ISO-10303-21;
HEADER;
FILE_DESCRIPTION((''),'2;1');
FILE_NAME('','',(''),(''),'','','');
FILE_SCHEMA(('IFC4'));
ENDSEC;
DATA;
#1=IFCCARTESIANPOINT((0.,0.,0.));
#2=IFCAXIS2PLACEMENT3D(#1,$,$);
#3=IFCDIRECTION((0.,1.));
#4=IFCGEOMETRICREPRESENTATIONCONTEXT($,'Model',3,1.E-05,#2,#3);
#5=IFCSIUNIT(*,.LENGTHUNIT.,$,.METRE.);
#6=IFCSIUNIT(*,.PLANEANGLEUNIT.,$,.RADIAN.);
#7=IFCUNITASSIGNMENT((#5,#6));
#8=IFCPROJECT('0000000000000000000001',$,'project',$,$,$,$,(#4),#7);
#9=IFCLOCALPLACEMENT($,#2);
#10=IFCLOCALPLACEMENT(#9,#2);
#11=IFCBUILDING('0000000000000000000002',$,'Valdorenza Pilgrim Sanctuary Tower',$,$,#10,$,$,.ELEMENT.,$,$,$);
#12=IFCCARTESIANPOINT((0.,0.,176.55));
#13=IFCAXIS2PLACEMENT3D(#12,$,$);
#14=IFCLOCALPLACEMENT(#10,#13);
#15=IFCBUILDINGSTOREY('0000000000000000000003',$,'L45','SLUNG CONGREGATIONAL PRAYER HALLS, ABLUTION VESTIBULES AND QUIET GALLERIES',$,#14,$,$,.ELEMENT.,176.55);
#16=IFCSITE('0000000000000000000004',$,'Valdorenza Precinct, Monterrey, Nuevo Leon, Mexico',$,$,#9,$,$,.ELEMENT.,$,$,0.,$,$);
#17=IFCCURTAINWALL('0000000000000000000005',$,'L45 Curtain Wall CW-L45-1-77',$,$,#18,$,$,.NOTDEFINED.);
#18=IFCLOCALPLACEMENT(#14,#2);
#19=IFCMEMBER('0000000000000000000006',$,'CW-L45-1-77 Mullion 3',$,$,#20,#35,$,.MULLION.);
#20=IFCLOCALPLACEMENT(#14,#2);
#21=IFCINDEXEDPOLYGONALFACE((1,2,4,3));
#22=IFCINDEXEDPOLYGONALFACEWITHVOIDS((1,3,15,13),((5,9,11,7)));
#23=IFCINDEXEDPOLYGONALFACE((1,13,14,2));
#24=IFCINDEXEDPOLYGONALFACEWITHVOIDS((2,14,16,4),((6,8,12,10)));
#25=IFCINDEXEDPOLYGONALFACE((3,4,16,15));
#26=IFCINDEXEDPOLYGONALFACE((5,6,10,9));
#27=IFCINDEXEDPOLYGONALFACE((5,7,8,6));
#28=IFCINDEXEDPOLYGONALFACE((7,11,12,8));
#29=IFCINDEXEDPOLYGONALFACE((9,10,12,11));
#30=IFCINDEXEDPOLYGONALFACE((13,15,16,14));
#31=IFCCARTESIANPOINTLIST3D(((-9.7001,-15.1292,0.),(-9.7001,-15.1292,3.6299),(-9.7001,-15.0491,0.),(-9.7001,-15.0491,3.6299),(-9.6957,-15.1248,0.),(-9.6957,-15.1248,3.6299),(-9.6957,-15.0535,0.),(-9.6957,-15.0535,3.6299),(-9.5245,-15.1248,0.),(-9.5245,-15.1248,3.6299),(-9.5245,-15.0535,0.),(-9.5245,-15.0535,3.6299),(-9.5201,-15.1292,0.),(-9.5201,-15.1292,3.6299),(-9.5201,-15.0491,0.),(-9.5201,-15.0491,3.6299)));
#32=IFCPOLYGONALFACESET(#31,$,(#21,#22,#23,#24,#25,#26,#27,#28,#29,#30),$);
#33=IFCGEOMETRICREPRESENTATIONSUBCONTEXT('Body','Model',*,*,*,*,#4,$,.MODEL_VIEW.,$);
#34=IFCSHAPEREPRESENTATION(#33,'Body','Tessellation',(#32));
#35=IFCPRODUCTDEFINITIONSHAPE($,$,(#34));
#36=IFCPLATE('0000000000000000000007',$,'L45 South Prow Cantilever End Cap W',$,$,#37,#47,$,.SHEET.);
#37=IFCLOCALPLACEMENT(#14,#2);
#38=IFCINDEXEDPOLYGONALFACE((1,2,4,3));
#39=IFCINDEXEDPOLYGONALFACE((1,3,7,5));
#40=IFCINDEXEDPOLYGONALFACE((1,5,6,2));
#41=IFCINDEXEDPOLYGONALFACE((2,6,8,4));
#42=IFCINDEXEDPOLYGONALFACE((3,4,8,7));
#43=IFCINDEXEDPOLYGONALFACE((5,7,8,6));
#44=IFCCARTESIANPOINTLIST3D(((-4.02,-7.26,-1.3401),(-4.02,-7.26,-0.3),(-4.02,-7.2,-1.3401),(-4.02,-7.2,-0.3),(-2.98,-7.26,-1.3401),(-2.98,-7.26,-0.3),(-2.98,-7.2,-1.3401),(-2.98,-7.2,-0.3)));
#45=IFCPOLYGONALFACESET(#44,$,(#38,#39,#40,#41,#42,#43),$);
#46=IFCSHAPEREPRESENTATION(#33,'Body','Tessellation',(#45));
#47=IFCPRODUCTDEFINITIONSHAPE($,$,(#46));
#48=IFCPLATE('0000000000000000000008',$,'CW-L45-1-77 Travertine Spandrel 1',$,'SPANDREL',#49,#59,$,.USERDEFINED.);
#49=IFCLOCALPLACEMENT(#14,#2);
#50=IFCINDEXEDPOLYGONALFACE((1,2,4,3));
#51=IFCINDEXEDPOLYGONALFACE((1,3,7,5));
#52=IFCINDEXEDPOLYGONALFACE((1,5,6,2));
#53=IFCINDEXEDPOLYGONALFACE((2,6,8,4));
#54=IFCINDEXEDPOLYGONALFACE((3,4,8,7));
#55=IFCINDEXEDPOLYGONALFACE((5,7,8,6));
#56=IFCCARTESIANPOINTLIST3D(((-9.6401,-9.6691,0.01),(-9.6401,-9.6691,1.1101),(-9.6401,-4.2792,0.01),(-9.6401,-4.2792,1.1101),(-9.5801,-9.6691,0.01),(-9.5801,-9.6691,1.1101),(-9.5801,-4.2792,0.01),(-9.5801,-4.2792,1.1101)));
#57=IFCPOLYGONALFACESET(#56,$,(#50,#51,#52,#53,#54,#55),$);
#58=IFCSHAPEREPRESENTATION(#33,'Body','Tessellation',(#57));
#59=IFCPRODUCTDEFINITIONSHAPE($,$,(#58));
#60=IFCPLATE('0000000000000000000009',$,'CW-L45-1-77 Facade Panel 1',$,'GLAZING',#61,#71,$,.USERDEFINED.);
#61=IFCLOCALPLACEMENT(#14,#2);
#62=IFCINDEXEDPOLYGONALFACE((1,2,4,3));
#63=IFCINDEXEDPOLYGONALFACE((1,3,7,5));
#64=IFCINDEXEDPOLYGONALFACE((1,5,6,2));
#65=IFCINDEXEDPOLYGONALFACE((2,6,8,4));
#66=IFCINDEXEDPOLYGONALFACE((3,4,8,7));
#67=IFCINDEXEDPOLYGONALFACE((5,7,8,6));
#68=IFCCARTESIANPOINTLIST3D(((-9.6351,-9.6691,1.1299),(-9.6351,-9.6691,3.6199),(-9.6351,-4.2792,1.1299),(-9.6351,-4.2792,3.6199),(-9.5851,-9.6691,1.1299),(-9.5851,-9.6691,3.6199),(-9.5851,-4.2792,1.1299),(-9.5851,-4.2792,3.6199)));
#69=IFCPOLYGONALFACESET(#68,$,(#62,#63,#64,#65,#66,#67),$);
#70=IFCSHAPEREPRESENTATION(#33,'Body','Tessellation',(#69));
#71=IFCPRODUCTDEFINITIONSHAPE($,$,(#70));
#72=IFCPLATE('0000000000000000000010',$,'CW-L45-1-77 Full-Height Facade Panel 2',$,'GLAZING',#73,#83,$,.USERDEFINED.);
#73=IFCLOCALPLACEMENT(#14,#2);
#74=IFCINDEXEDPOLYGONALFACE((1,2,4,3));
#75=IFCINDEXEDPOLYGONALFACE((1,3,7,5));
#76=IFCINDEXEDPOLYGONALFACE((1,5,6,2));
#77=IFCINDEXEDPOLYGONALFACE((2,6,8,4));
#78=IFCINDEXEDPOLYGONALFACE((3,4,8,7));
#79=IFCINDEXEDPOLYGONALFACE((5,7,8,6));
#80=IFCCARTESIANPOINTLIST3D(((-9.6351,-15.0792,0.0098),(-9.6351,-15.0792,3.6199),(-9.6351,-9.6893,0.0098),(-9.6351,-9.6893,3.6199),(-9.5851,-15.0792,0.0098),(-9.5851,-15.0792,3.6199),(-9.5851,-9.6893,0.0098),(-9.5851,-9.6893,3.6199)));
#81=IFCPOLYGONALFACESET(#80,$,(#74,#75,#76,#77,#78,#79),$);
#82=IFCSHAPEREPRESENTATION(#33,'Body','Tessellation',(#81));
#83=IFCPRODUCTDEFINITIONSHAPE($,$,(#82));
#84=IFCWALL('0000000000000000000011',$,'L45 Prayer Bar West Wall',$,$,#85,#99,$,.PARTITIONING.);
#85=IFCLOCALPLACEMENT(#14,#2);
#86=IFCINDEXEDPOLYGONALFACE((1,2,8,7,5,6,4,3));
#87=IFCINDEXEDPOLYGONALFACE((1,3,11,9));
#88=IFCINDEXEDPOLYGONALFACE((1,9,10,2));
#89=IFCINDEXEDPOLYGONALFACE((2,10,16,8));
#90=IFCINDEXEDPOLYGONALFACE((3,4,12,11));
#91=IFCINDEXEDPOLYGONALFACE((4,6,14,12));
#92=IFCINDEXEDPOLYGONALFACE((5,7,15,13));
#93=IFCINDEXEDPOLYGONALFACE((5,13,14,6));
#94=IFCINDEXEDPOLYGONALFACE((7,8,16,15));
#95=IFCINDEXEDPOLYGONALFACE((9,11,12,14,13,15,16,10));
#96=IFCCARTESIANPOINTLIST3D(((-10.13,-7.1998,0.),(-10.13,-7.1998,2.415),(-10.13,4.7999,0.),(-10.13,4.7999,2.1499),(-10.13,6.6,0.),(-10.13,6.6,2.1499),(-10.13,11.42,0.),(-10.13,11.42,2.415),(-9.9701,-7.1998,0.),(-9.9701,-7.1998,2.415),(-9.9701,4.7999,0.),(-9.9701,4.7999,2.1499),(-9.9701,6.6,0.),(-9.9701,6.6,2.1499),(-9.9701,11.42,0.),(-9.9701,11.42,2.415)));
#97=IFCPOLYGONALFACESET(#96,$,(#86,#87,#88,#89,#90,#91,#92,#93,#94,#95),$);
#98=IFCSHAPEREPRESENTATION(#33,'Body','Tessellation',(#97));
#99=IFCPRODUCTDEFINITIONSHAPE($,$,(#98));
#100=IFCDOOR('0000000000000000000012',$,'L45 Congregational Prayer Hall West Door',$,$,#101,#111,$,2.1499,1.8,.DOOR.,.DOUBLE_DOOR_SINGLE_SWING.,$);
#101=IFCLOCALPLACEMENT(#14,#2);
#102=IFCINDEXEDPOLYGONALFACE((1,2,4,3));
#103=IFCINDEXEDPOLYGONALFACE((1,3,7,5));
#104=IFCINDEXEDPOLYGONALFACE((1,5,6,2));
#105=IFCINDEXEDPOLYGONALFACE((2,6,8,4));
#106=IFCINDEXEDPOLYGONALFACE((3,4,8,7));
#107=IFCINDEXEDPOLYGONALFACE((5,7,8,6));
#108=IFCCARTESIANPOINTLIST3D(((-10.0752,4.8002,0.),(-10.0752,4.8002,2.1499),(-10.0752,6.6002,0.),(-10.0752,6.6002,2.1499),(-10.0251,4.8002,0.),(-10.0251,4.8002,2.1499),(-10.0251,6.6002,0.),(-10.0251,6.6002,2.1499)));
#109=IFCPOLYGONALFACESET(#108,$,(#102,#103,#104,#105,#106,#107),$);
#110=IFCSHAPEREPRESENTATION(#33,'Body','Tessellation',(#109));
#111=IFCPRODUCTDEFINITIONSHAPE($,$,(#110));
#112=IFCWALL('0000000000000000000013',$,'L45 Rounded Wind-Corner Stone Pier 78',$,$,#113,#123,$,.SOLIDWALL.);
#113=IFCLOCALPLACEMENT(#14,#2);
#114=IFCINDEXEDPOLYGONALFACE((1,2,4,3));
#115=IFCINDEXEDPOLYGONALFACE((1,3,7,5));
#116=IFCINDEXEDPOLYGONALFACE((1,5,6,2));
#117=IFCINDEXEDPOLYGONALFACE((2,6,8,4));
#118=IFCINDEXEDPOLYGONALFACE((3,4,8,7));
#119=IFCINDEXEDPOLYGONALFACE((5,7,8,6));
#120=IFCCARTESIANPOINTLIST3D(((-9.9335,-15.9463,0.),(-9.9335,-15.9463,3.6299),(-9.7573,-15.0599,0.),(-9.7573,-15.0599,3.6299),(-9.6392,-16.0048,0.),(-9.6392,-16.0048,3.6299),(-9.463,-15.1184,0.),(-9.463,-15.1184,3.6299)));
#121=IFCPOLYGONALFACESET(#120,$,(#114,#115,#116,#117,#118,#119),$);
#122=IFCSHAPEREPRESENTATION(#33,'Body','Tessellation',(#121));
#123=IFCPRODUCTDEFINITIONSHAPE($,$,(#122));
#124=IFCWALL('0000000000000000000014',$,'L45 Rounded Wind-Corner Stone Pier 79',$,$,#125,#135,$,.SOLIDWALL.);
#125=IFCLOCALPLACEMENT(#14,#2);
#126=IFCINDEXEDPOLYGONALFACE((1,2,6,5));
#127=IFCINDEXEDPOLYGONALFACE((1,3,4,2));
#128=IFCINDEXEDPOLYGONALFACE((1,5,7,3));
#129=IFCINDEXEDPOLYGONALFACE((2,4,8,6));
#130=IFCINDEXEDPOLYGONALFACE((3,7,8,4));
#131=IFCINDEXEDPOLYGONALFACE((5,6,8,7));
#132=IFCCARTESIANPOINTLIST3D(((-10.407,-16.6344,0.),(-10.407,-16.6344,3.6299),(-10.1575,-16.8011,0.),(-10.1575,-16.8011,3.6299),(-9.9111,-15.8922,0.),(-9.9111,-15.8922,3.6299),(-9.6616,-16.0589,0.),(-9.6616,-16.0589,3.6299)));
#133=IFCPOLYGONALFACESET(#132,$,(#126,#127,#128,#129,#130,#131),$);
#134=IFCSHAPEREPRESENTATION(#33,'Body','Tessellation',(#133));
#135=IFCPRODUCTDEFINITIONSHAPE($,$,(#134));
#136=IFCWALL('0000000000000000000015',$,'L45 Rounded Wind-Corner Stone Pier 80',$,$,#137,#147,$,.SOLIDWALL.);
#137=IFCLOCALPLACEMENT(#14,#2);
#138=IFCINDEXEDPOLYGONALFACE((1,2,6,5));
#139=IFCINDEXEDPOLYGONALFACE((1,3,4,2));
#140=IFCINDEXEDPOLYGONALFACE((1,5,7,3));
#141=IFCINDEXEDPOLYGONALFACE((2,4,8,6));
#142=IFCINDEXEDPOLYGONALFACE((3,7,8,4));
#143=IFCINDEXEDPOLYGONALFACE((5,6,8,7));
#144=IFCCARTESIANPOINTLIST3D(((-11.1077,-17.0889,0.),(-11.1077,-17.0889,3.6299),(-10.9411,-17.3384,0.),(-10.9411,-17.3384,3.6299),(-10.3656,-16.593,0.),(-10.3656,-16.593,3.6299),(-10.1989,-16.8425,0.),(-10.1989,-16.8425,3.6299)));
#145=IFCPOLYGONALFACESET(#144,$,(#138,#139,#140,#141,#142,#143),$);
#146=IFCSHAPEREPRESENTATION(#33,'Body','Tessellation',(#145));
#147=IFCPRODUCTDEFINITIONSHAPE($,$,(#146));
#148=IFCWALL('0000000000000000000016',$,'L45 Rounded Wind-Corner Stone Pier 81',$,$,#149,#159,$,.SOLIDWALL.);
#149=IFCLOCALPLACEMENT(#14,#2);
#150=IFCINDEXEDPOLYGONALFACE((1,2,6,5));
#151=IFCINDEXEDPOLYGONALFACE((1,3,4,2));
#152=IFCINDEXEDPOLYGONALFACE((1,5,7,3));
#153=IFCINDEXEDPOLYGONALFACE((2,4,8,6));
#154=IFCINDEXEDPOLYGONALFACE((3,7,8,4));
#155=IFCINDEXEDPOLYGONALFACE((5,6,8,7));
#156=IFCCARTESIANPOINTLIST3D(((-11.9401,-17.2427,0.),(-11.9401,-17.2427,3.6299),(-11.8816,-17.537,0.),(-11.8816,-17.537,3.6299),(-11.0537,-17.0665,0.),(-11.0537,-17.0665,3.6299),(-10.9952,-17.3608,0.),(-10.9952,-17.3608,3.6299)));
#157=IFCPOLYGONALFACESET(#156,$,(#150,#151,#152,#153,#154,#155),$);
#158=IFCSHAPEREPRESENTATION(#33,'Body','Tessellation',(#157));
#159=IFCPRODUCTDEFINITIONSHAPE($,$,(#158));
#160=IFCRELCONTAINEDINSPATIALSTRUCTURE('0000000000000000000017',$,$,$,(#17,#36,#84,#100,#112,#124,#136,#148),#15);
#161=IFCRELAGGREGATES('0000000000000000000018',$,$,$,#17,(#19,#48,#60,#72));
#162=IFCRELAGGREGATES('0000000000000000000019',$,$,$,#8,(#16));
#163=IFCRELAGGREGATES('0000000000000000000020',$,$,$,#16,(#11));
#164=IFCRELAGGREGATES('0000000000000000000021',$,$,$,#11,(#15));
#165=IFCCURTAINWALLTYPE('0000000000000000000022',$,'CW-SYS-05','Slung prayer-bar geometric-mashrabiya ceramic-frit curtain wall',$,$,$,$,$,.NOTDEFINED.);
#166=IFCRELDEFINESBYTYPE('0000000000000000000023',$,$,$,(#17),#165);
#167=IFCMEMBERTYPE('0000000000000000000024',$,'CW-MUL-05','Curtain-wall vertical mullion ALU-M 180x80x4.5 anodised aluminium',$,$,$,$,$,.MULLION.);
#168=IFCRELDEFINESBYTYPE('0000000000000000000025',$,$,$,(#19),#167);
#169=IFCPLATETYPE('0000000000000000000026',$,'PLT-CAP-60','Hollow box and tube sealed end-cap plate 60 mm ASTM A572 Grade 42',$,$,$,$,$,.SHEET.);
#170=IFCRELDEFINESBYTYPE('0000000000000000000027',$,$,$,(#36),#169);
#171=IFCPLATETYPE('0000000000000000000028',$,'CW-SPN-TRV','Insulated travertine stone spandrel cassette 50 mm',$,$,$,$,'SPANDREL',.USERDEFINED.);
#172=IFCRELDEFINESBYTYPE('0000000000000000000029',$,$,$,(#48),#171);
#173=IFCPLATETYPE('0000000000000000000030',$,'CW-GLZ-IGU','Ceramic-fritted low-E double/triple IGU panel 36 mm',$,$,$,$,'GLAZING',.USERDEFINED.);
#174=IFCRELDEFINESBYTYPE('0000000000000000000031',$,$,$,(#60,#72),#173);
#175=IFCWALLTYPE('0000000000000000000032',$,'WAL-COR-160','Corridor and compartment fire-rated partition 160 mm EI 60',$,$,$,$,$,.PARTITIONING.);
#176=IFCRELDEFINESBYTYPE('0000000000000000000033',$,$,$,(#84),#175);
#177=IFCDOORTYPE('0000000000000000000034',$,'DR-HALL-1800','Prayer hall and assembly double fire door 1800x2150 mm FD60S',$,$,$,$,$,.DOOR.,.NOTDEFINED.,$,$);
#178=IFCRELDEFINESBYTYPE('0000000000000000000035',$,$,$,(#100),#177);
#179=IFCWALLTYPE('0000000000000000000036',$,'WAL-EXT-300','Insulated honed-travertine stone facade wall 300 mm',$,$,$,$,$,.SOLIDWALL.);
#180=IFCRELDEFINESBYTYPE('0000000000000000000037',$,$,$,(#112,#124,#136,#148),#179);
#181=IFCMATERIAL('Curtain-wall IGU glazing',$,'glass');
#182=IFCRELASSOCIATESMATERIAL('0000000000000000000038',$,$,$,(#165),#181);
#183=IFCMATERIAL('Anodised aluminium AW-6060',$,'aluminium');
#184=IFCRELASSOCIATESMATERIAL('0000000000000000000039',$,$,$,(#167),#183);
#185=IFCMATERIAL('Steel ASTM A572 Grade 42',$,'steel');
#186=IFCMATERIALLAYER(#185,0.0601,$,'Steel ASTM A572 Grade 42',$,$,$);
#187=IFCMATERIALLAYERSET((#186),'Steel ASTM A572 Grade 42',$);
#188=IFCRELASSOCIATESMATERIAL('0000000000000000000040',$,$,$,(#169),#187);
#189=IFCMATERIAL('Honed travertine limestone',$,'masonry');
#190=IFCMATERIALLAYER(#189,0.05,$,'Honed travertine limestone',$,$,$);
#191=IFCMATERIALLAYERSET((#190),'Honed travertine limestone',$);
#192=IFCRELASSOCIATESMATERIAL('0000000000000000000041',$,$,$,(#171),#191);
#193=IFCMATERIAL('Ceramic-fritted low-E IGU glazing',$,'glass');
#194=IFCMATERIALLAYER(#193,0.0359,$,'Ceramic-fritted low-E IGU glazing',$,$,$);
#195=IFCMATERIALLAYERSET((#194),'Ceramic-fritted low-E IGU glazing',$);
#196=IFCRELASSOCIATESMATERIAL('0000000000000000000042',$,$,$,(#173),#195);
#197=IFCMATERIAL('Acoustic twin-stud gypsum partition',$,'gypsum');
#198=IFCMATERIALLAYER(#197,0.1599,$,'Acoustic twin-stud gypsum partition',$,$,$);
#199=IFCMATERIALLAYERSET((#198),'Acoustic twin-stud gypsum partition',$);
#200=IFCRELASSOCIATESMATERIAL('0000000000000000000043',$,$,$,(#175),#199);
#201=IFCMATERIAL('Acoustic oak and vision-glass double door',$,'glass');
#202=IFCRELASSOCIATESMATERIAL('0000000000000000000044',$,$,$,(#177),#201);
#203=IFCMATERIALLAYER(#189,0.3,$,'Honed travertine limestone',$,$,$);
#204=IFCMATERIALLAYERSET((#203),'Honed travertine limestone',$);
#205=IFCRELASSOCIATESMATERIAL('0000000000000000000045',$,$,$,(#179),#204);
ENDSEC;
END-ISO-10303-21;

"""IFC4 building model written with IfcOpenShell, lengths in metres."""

from ifc_helpers import new_model, si_unit, direction, frame, frame_2d, origin, origin_2d, place, context, subcontext, project, spatial, rectangle, hollow_rectangle, extrude, source, transform, mapped, material, layer, layer_set, material_profile, profile_set, type_object, element, fill, aggregate, save


model = new_model("IFC4")

# Units and contexts
model_context = context("Model", 3, precision=1e-05, world=origin(), true_north=direction((0.0, 1.0)))
body_context = subcontext(model_context, "Body", "Model", "MODEL_VIEW")
ifc_project = project(units=[si_unit("LENGTHUNIT", "METRE"), si_unit("PLANEANGLEUNIT", "RADIAN")], contexts=[model_context])

# Site, building, storey
site_placement = place(None, origin())
site = spatial("IfcSite", under=ifc_project, at=site_placement, Name="Valdorenza Precinct, Monterrey, Nuevo Leon, Mexico", CompositionType="ELEMENT", RefElevation=0.0)
building_placement = place(site_placement, origin())
building = spatial("IfcBuilding", under=site, at=building_placement, Name="Valdorenza Pilgrim Sanctuary Tower", CompositionType="ELEMENT")
storey_placement = place(building_placement, frame((0.0, 0.0, 176.55)))
storey = spatial("IfcBuildingStorey", under=building, at=storey_placement, Name="L45", Description="SLUNG CONGREGATIONAL PRAYER HALLS, ABLUTION VESTIBULES AND QUIET GALLERIES", CompositionType="ELEMENT", Elevation=176.55)

# Curtain wall, member
ifc_material_1 = material(Name="Curtain-wall IGU glazing", Category="glass")
ifc_material_2 = material(Name="Anodised aluminium AW-6060", Category="aluminium")
curtain_wall_type_1 = type_object("IfcCurtainWallType", Name="CW-SYS-05", Description="Slung prayer-bar geometric-mashrabiya ceramic-frit curtain wall", PredefinedType="NOTDEFINED", material=ifc_material_1)
curtain_wall_1_placement = place(storey_placement, origin())
curtain_wall_1 = element("IfcCurtainWall", 1, at=curtain_wall_1_placement, inside=storey, type_object=curtain_wall_type_1, Name="L45 Curtain Wall CW-L45-1-77", PredefinedType="NOTDEFINED")
ifc_material_profile_1 = material_profile(ifc_material_2, hollow_rectangle(XDim=0.0801, YDim=0.1799, WallThickness=0.0044, at=origin_2d()), Name="ALU-M 180x80x4.5")
ifc_profile_set_1 = profile_set([ifc_material_profile_1], Name="Anodised aluminium AW-6060")
member_type_1 = type_object("IfcMemberType", Name="CW-MUL-05", Description="Curtain-wall vertical mullion ALU-M 180x80x4.5 anodised aluminium", PredefinedType="MULLION", material=ifc_profile_set_1)
shared_shape_1 = source(origin(), body_context, "Body", "SweptSolid", [
    extrude(hollow_rectangle(XDim=0.0801, YDim=0.1799, WallThickness=0.0044, at=origin_2d()), origin(), (0.0, 0.0, 1.0), 3.6299),
])
member_1_placement = place(storey_placement, frame((-9.6101, -15.0891, 0.0), z_axis=(0.0, 0.0, 1.0), x_axis=(0.0, -1.0, 0.0)))
member_1 = element("IfcMember", 2, at=member_1_placement, type_object=member_type_1, Name="CW-L45-1-77 Mullion 3", PredefinedType="MULLION", context=body_context, shape_type="MappedRepresentation", body=[
    mapped(shared_shape_1, transform((0.0, 0.0, 0.0), x_axis=(1.0, 0.0, 0.0), y_axis=(0.0, 1.0, 0.0), z_axis=(0.0, 0.0, 1.0), scale=1.0)),
])

# Plates
ifc_material_3 = material(Name="Steel ASTM A572 Grade 42", Category="steel")
ifc_layer_1 = layer(ifc_material_3, 0.0601, Name="Steel ASTM A572 Grade 42")
ifc_layer_set_1 = layer_set([ifc_layer_1], Name="Steel ASTM A572 Grade 42")
plate_type_1 = type_object("IfcPlateType", Name="PLT-CAP-60", Description="Hollow box and tube sealed end-cap plate 60 mm ASTM A572 Grade 42", PredefinedType="SHEET", material=ifc_layer_set_1)
shared_shape_2 = source(origin(), body_context, "Body", "SweptSolid", [
    extrude(rectangle(XDim=1.04, YDim=0.0601, at=origin_2d()), origin(), (0.0, 0.0, 1.0), 1.04),
])
plate_1_placement = place(storey_placement, frame((-3.5, -7.23, -1.3401), z_axis=(0.0, 0.0, 1.0), x_axis=(1.0, 0.0, 0.0)))
element("IfcPlate", 3, at=plate_1_placement, inside=storey, type_object=plate_type_1, Name="L45 South Prow Cantilever End Cap W", PredefinedType="SHEET", context=body_context, shape_type="MappedRepresentation", body=[
    mapped(shared_shape_2, transform((0.0, 0.0, 0.0), x_axis=(1.0, 0.0, 0.0), y_axis=(0.0, 1.0, 0.0), z_axis=(0.0, 0.0, 1.0), scale=1.0)),
])
ifc_material_4 = material(Name="Honed travertine limestone", Category="masonry")
ifc_layer_2 = layer(ifc_material_4, 0.05, Name="Honed travertine limestone")
ifc_layer_set_2 = layer_set([ifc_layer_2], Name="Honed travertine limestone")
plate_type_2 = type_object("IfcPlateType", Name="CW-SPN-TRV", Description="Insulated travertine stone spandrel cassette 50 mm", ElementType="SPANDREL", PredefinedType="USERDEFINED", material=ifc_layer_set_2)
shared_shape_3 = source(origin(), body_context, "Body", "SweptSolid", [
    extrude(rectangle(XDim=5.3899, YDim=0.0601, at=origin_2d()), origin(), (0.0, 0.0, 1.0), 1.1001),
])
plate_2_placement = place(storey_placement, frame((-9.6101, -6.9741, 0.01), z_axis=(0.0, 0.0, 1.0), x_axis=(0.0, -1.0, 0.0)))
plate_2 = element("IfcPlate", 4, at=plate_2_placement, type_object=plate_type_2, Name="CW-L45-1-77 Travertine Spandrel 1", ObjectType="SPANDREL", PredefinedType="USERDEFINED", context=body_context, shape_type="MappedRepresentation", body=[
    mapped(shared_shape_3, transform((0.0, 0.0, 0.0), x_axis=(1.0, 0.0, 0.0), y_axis=(0.0, 1.0, 0.0), z_axis=(0.0, 0.0, 1.0), scale=1.0)),
])
ifc_material_5 = material(Name="Ceramic-fritted low-E IGU glazing", Category="glass")
ifc_layer_3 = layer(ifc_material_5, 0.0359, Name="Ceramic-fritted low-E IGU glazing")
ifc_layer_set_3 = layer_set([ifc_layer_3], Name="Ceramic-fritted low-E IGU glazing")
plate_type_3 = type_object("IfcPlateType", Name="CW-GLZ-IGU", Description="Ceramic-fritted low-E double/triple IGU panel 36 mm", ElementType="GLAZING", PredefinedType="USERDEFINED", material=ifc_layer_set_3)
shared_shape_4 = source(origin(), body_context, "Body", "SweptSolid", [
    extrude(rectangle(XDim=5.3899, YDim=0.05, at=origin_2d()), origin(), (0.0, 0.0, 1.0), 2.49),
])
plate_3_placement = place(storey_placement, frame((-9.6101, -6.9741, 1.1299), z_axis=(0.0, 0.0, 1.0), x_axis=(0.0, -1.0, 0.0)))
plate_3 = element("IfcPlate", 5, at=plate_3_placement, type_object=plate_type_3, Name="CW-L45-1-77 Facade Panel 1", ObjectType="GLAZING", PredefinedType="USERDEFINED", context=body_context, shape_type="MappedRepresentation", body=[
    mapped(shared_shape_4, transform((0.0, 0.0, 0.0), x_axis=(1.0, 0.0, 0.0), y_axis=(0.0, 1.0, 0.0), z_axis=(0.0, 0.0, 1.0), scale=1.0)),
])
shared_shape_5 = source(origin(), body_context, "Body", "SweptSolid", [
    extrude(rectangle(XDim=5.3899, YDim=0.05, at=origin_2d()), origin(), (0.0, 0.0, 1.0), 3.6101),
])
plate_4_placement = place(storey_placement, frame((-9.6101, -12.3843, 0.0098), z_axis=(0.0, 0.0, 1.0), x_axis=(0.0, -1.0, 0.0)))
plate_4 = element("IfcPlate", 6, at=plate_4_placement, type_object=plate_type_3, Name="CW-L45-1-77 Full-Height Facade Panel 2", ObjectType="GLAZING", PredefinedType="USERDEFINED", context=body_context, shape_type="MappedRepresentation", body=[
    mapped(shared_shape_5, transform((0.0, 0.0, 0.0), x_axis=(1.0, 0.0, 0.0), y_axis=(0.0, 1.0, 0.0), z_axis=(0.0, 0.0, 1.0), scale=1.0)),
])
aggregate(curtain_wall_1, [member_1, plate_2, plate_3, plate_4])

# Wall, opening, door
ifc_material_6 = material(Name="Acoustic twin-stud gypsum partition", Category="gypsum")
ifc_layer_4 = layer(ifc_material_6, 0.1599, Name="Acoustic twin-stud gypsum partition")
ifc_layer_set_4 = layer_set([ifc_layer_4], Name="Acoustic twin-stud gypsum partition")
wall_type_1 = type_object("IfcWallType", Name="WAL-COR-160", Description="Corridor and compartment fire-rated partition 160 mm EI 60", PredefinedType="PARTITIONING", material=ifc_layer_set_4)
wall_1_placement = place(storey_placement, frame((-10.05, -7.2, 0.0), z_axis=(0.0, 0.0, 1.0), x_axis=(0.0, 1.0, 0.0)))
wall_1 = element("IfcWall", 7, at=wall_1_placement, inside=storey, type_object=wall_type_1, Name="L45 Prayer Bar West Wall", PredefinedType="PARTITIONING", context=body_context, shape_type="SweptSolid", body=[
    extrude(rectangle(XDim=18.6199, YDim=0.1599, at=frame_2d((9.3101, 0.0))), origin(), (0.0, 0.0, 1.0), 2.415),
])
opening_placement = place(wall_1_placement, frame((12.0, 0.0, 0.0)))
opening = element("IfcOpeningElement", 8, at=opening_placement, cuts=wall_1, PredefinedType="OPENING", context=body_context, shape_type="SweptSolid", body=[
    extrude(rectangle(XDim=1.8, YDim=2.1499, at=frame_2d((0.8999, 1.075))), frame((0.0, 0.0947, 0.0), z_axis=(0.0, -1.0, 0.0), x_axis=(1.0, 0.0, 0.0)), (0.0, 0.0, 1.0), 0.1897),
])
ifc_material_7 = material(Name="Acoustic oak and vision-glass double door", Category="glass")
door_type = type_object("IfcDoorType", Name="DR-HALL-1800", Description="Prayer hall and assembly double fire door 1800x2150 mm FD60S", OperationType="NOTDEFINED", PredefinedType="DOOR", material=ifc_material_7)
door_placement = place(opening_placement, frame((1.8, 0.0, 0.0), z_axis=(0.0, 0.0, 1.0), x_axis=(-1.0, 0.0, 0.0)))
door = element("IfcDoor", 9, at=door_placement, inside=storey, type_object=door_type, Name="L45 Congregational Prayer Hall West Door", OperationType="DOUBLE_DOOR_SINGLE_SWING", OverallHeight=2.1499, OverallWidth=1.8, PredefinedType="DOOR", context=body_context, shape_type="SweptSolid", body=[
    extrude(rectangle(XDim=1.8, YDim=2.1499, at=frame_2d((0.8999, 1.075))), frame((0.0, 0.0249, 0.0), z_axis=(0.0, -1.0, 0.0), x_axis=(1.0, 0.0, 0.0)), (0.0, 0.0, 1.0), 0.05),
])
fill(opening, door)

# Walls
ifc_layer_5 = layer(ifc_material_4, 0.3, Name="Honed travertine limestone")
ifc_layer_set_5 = layer_set([ifc_layer_5], Name="Honed travertine limestone")
wall_type_2 = type_object("IfcWallType", Name="WAL-EXT-300", Description="Insulated honed-travertine stone facade wall 300 mm", PredefinedType="SOLIDWALL", material=ifc_layer_set_5)
wall_2_placement = place(storey_placement, frame((-9.6101, -15.0891, 0.0), z_axis=(0.0, 0.0, 1.0), x_axis=(-0.195025, -0.980798, 0.0)))
element("IfcWall", 10, at=wall_2_placement, inside=storey, type_object=wall_type_2, Name="L45 Rounded Wind-Corner Stone Pier 78", PredefinedType="SOLIDWALL", context=body_context, shape_type="SweptSolid", body=[
    extrude(rectangle(XDim=0.9038, YDim=0.3, at=frame_2d((0.4519, 0.0))), origin(), (0.0, 0.0, 1.0), 3.6299),
])
for number, where, z_axis, x_axis, name in (
    (11, (-9.7864, -15.9756, 0.0), (0.0, 0.0, 1.0), (-0.55552, -0.831503, 0.0), "L45 Rounded Wind-Corner Stone Pier 79"),
    (12, (-10.2822, -16.7178, 0.0), (0.0, 0.0, 1.0), (-0.831503, -0.55552, 0.0), "L45 Rounded Wind-Corner Stone Pier 80"),
):
    element("IfcWall", number, at=place(storey_placement, frame(where, z_axis=z_axis, x_axis=x_axis)), inside=storey, type_object=wall_type_2, Name=name, PredefinedType="SOLIDWALL", context=body_context, shape_type="SweptSolid", body=[
        extrude(rectangle(XDim=0.8926, YDim=0.3, at=frame_2d((0.4463, 0.0))), origin(), (0.0, 0.0, 1.0), 3.6299),
    ])
wall_3_placement = place(storey_placement, frame((-11.0244, -17.2136, 0.0), z_axis=(0.0, 0.0, 1.0), x_axis=(-0.980798, -0.195025, 0.0)))
element("IfcWall", 13, at=wall_3_placement, inside=storey, type_object=wall_type_2, Name="L45 Rounded Wind-Corner Stone Pier 81", PredefinedType="SOLIDWALL", context=body_context, shape_type="SweptSolid", body=[
    extrude(rectangle(XDim=0.9038, YDim=0.3, at=frame_2d((0.4519, 0.0))), origin(), (0.0, 0.0, 1.0), 3.6299),
])

save(model, "model.ifc")
